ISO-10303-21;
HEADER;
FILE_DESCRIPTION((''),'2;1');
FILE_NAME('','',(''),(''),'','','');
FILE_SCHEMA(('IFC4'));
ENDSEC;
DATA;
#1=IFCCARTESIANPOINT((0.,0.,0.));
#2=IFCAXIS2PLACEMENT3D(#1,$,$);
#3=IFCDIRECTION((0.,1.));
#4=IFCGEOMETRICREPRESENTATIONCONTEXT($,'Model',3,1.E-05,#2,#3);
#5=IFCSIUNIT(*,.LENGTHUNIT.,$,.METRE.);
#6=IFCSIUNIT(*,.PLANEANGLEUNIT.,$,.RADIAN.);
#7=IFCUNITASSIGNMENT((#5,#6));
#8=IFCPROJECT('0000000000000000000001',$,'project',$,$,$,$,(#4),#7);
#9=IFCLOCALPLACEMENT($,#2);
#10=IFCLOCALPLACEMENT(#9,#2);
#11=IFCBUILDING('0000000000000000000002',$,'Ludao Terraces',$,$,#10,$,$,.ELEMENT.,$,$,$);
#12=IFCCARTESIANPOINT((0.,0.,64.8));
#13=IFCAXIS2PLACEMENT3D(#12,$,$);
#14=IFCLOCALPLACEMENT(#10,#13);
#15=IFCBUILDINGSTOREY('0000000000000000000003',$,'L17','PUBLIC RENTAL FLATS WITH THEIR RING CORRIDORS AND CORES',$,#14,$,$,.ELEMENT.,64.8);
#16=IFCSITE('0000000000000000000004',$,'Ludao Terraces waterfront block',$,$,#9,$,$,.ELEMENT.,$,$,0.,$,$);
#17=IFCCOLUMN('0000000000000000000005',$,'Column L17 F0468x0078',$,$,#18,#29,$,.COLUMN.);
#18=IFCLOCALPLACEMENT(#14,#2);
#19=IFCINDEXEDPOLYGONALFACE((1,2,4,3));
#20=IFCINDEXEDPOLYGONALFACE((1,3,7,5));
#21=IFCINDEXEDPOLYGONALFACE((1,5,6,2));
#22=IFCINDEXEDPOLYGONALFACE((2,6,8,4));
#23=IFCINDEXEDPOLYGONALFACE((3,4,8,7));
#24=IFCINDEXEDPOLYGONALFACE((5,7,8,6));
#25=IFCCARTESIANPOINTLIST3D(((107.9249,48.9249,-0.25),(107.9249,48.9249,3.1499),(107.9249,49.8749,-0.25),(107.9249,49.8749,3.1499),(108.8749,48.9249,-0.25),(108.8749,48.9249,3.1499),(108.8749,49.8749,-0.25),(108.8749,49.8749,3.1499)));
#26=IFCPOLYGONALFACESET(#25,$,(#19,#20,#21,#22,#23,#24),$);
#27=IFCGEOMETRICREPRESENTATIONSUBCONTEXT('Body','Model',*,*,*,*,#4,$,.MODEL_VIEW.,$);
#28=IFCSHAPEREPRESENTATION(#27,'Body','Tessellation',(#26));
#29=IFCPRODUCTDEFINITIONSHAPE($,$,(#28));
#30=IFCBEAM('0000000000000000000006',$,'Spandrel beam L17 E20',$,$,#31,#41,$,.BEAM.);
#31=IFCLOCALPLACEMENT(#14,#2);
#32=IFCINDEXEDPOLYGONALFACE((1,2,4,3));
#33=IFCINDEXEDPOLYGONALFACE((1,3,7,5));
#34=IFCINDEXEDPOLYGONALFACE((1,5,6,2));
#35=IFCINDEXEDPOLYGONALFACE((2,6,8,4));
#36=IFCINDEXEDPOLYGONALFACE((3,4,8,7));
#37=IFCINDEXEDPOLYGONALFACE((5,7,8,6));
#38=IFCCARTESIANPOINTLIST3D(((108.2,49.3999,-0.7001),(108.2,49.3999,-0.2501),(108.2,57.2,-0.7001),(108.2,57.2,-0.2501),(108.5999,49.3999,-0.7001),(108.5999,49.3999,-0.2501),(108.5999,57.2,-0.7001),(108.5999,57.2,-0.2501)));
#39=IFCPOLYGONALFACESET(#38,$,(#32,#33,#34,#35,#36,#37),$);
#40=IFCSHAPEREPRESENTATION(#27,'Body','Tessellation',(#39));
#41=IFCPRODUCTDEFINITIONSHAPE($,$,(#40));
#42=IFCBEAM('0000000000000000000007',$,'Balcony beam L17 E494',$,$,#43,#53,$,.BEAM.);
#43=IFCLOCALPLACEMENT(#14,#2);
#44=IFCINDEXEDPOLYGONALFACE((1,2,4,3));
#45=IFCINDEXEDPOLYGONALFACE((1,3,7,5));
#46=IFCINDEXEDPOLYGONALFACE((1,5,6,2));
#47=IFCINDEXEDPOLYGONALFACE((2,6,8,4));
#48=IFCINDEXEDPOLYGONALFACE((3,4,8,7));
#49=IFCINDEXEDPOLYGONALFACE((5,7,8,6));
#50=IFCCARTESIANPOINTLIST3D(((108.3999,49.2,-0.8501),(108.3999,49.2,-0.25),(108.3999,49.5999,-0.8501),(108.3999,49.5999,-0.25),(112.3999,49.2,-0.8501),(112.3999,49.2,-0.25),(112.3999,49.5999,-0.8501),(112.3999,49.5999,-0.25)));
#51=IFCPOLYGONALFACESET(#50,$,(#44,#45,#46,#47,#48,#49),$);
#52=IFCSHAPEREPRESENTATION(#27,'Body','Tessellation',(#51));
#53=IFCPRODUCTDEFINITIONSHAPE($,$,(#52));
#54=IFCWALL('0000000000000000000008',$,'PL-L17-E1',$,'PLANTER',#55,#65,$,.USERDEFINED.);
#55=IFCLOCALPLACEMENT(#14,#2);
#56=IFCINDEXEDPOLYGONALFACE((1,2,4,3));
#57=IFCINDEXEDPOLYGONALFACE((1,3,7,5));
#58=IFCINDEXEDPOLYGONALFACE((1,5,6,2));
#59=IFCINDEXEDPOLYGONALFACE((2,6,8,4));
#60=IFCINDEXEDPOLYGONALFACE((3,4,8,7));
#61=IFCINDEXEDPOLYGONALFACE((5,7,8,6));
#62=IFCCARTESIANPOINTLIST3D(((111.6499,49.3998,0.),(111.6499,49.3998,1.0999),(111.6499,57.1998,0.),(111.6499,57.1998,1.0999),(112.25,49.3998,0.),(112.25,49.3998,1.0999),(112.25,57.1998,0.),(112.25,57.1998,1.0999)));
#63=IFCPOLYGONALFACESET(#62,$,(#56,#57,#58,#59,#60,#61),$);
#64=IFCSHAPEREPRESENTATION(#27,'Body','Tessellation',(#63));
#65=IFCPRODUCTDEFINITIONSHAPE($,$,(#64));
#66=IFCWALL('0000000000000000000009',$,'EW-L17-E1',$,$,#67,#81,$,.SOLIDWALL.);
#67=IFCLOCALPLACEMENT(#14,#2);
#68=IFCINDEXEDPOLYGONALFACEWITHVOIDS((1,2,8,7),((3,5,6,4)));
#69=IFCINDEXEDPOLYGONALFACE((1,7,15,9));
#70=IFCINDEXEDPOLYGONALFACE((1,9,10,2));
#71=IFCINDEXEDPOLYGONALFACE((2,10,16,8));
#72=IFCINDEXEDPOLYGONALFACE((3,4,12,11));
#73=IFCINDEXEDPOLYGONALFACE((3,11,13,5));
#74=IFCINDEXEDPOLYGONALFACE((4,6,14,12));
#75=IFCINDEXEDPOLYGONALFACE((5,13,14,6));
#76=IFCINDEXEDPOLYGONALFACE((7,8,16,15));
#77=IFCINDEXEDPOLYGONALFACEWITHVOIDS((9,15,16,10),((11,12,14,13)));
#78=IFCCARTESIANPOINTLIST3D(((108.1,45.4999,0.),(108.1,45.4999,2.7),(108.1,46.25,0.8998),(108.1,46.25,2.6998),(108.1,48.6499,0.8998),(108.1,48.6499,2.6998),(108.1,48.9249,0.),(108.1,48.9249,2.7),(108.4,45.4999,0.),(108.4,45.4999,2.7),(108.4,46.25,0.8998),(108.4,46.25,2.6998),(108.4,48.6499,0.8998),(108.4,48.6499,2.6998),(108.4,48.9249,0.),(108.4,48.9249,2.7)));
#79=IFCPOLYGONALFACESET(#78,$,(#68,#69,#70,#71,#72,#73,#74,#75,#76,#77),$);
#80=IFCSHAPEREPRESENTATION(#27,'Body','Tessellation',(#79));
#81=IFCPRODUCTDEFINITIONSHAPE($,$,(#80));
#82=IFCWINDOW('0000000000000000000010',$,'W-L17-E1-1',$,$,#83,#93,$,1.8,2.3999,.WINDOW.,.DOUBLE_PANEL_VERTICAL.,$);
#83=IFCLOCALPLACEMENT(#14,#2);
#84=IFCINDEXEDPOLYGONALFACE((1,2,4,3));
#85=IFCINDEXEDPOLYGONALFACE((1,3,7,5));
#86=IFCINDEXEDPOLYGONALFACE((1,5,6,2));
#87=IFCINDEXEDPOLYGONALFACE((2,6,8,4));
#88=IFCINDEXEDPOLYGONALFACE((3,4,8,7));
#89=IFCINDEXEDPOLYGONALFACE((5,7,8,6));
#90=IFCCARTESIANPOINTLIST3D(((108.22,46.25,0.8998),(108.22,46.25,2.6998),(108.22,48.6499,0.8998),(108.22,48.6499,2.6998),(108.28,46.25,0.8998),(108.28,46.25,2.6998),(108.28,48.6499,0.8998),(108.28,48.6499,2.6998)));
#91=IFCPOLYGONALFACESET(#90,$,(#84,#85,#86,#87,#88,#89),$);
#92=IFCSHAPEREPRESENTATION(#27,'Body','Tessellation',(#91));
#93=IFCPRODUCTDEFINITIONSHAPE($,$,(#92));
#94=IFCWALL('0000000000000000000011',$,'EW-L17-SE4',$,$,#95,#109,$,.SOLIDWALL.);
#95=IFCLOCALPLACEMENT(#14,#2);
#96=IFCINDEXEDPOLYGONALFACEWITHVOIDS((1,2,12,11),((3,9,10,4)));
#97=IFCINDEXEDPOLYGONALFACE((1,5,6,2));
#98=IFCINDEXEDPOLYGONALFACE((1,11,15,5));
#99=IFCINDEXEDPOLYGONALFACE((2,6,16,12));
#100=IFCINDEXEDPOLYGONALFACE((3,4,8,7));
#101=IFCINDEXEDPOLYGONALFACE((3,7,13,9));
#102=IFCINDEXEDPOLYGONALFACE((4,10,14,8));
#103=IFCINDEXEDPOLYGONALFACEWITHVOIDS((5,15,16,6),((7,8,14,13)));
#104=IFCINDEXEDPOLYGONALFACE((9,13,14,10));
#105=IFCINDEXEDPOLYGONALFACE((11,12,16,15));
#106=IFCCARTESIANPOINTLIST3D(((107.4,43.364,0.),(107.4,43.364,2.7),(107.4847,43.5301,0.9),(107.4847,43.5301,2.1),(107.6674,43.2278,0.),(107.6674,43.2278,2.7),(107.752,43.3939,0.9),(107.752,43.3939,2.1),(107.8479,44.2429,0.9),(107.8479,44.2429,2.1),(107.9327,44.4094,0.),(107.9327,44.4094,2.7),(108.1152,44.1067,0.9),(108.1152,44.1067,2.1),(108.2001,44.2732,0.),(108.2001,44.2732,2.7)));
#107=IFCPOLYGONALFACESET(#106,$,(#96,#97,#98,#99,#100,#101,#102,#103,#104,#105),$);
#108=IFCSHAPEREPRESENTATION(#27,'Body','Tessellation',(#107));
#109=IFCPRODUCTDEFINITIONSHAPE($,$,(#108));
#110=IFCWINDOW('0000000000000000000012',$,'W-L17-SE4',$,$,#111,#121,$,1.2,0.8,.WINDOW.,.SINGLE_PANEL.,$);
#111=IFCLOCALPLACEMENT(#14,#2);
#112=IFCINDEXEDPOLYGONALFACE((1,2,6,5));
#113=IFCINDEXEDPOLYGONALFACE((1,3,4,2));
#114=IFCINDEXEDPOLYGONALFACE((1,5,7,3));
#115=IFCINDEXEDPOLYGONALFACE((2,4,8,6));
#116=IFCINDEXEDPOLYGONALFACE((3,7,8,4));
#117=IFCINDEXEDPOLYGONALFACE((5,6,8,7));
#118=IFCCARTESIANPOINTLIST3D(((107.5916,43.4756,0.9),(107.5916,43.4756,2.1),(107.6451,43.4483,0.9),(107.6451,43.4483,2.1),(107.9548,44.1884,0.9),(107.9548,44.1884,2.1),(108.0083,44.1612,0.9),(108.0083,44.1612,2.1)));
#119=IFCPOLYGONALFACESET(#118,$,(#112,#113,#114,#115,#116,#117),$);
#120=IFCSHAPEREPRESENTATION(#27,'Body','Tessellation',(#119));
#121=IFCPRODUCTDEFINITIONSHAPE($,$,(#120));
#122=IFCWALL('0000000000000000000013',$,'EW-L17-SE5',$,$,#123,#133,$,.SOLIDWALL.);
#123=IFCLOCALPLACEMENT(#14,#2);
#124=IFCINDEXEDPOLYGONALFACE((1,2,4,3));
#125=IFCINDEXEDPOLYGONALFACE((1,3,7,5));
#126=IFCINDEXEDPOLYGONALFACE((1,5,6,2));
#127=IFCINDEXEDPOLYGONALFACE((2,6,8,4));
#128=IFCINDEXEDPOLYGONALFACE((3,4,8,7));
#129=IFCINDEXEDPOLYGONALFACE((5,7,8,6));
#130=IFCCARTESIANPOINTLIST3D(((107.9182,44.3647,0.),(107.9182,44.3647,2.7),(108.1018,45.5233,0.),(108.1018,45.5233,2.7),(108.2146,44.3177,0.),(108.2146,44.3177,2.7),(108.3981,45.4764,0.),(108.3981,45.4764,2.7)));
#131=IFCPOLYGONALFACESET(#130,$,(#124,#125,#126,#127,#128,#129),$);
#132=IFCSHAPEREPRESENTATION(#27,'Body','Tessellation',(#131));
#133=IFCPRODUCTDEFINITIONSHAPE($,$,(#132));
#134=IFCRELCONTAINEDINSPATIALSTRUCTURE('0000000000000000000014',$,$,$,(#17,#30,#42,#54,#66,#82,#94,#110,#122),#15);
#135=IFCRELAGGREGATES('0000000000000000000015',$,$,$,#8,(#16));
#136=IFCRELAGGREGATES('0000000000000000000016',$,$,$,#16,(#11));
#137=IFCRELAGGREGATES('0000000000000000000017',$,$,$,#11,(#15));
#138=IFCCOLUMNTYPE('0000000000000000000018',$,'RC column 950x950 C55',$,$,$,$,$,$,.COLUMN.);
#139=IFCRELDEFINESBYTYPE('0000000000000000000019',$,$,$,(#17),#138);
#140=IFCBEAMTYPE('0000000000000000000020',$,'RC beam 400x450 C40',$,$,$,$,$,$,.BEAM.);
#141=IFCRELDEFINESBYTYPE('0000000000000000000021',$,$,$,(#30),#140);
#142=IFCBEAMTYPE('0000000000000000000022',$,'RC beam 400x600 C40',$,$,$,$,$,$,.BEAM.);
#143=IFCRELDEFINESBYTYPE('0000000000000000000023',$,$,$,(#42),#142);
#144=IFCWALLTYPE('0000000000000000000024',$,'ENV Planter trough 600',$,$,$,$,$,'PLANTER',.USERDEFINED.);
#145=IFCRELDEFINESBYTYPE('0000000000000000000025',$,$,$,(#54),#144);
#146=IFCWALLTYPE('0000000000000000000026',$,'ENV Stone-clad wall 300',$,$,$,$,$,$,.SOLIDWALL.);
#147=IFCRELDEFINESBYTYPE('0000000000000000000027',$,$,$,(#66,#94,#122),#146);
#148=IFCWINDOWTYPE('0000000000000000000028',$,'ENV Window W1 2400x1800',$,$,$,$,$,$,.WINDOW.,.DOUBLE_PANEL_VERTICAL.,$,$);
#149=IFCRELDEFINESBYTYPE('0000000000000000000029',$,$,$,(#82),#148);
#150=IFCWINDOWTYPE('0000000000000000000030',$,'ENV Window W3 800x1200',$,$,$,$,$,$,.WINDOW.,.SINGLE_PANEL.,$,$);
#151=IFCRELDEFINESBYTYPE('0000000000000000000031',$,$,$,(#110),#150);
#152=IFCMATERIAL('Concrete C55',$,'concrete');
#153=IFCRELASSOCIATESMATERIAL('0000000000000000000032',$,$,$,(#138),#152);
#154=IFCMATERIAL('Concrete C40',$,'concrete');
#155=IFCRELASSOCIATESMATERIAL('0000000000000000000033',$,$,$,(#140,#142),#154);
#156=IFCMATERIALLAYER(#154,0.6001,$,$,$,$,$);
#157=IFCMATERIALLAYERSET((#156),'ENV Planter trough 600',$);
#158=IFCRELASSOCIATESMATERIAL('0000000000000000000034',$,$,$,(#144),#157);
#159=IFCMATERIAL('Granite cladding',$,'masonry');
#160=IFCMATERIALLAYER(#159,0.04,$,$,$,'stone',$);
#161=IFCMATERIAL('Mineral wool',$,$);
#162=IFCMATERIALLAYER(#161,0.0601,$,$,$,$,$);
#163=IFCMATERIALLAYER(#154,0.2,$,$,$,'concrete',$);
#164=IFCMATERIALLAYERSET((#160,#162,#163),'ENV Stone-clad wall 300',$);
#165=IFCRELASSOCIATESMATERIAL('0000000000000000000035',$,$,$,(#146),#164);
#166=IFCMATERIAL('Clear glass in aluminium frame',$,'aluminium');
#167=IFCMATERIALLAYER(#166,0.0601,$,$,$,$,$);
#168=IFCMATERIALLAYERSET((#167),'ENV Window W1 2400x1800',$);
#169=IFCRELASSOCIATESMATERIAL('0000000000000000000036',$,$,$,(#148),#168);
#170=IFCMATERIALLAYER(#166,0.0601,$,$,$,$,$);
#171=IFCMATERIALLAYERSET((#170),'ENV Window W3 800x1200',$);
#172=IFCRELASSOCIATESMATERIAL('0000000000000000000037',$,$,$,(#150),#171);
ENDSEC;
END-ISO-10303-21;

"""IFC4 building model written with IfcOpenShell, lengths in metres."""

from ifc_helpers import new_model, si_unit, direction, frame, frame_2d, origin, origin_2d, place, context, subcontext, project, spatial, rectangle, extrude, material, layer, layer_set, material_profile, profile_set, type_object, element, fill, save


model = new_model("IFC4")

# Units and contexts
model_context = context("Model", 3, precision=1e-05, world=origin(), true_north=direction((0.0, 1.0)))
body_context = subcontext(model_context, "Body", "Model", "MODEL_VIEW")
ifc_project = project(units=[si_unit("LENGTHUNIT", "METRE"), si_unit("PLANEANGLEUNIT", "RADIAN")], contexts=[model_context])

# Site, building, storey
site_placement = place(None, origin())
site = spatial("IfcSite", under=ifc_project, at=site_placement, Name="Ludao Terraces waterfront block", CompositionType="ELEMENT", RefElevation=0.0)
building_placement = place(site_placement, origin())
building = spatial("IfcBuilding", under=site, at=building_placement, Name="Ludao Terraces", CompositionType="ELEMENT")
storey_placement = place(building_placement, frame((0.0, 0.0, 64.8)))
storey = spatial("IfcBuildingStorey", under=building, at=storey_placement, Name="L17", Description="PUBLIC RENTAL FLATS WITH THEIR RING CORRIDORS AND CORES", CompositionType="ELEMENT", Elevation=64.8)

# Column
ifc_material_1 = material(Name="Concrete C55", Category="concrete")
ifc_material_profile_1 = material_profile(ifc_material_1, rectangle(XDim=0.95, YDim=0.95, at=origin_2d()), Name="950 X 950")
ifc_profile_set_1 = profile_set([ifc_material_profile_1], Name="Concrete C55")
column_type = type_object("IfcColumnType", Name="RC column 950x950 C55", PredefinedType="COLUMN", material=ifc_profile_set_1)
column_placement = place(storey_placement, frame((108.3999, 49.3999, -0.25), z_axis=(0.0, 0.0, 1.0), x_axis=(1.0, 0.0, 0.0)))
element("IfcColumn", 1, at=column_placement, inside=storey, type_object=column_type, Name="Column L17 F0468x0078", PredefinedType="COLUMN", context=body_context, shape_type="SweptSolid", body=[
    extrude(rectangle(XDim=0.95, YDim=0.95, at=origin_2d()), origin(), (0.0, 0.0, 1.0), 3.3999),
])

# Beams
ifc_material_2 = material(Name="Concrete C40", Category="concrete")
ifc_material_profile_2 = material_profile(ifc_material_2, rectangle(XDim=0.3999, YDim=0.45, at=origin_2d()), Name="400 X 450")
ifc_profile_set_2 = profile_set([ifc_material_profile_2], Name="Concrete C40")
beam_type_1 = type_object("IfcBeamType", Name="RC beam 400x450 C40", PredefinedType="BEAM", material=ifc_profile_set_2)
beam_1_placement = place(storey_placement, frame((108.3999, 49.3999, -0.4751), z_axis=(0.0, 1.0, 0.0), x_axis=(-1.0, 0.0, 0.0)))
element("IfcBeam", 2, at=beam_1_placement, inside=storey, type_object=beam_type_1, Name="Spandrel beam L17 E20", PredefinedType="BEAM", context=body_context, shape_type="SweptSolid", body=[
    extrude(rectangle(XDim=0.3999, YDim=0.45, at=origin_2d()), origin(), (0.0, 0.0, 1.0), 7.8),
])
ifc_material_profile_3 = material_profile(ifc_material_2, rectangle(XDim=0.3999, YDim=0.6001, at=origin_2d()), Name="400 X 600")
ifc_profile_set_3 = profile_set([ifc_material_profile_3], Name="Concrete C40")
beam_type_2 = type_object("IfcBeamType", Name="RC beam 400x600 C40", PredefinedType="BEAM", material=ifc_profile_set_3)
beam_2_placement = place(storey_placement, frame((108.3999, 49.3999, -0.55), z_axis=(1.0, 0.0, 0.0), x_axis=(0.0, 1.0, 0.0)))
element("IfcBeam", 3, at=beam_2_placement, inside=storey, type_object=beam_type_2, Name="Balcony beam L17 E494", PredefinedType="BEAM", context=body_context, shape_type="SweptSolid", body=[
    extrude(rectangle(XDim=0.3999, YDim=0.6001, at=origin_2d()), origin(), (0.0, 0.0, 1.0), 4.0),
])

# Wall
ifc_layer_1 = layer(ifc_material_2, 0.6001)
ifc_layer_set_1 = layer_set([ifc_layer_1], Name="ENV Planter trough 600")
wall_type_1 = type_object("IfcWallType", Name="ENV Planter trough 600", ElementType="PLANTER", PredefinedType="USERDEFINED", material=ifc_layer_set_1)
wall_1_placement = place(storey_placement, frame((111.95, 49.3999, 0.0), z_axis=(0.0, 0.0, 1.0), x_axis=(0.0, 1.0, 0.0)))
element("IfcWall", 4, at=wall_1_placement, inside=storey, type_object=wall_type_1, Name="PL-L17-E1", ObjectType="PLANTER", PredefinedType="USERDEFINED", context=body_context, shape_type="SweptSolid", body=[
    extrude(rectangle(XDim=7.8, YDim=0.6001, at=frame_2d((3.8999, 0.0))), origin(), (0.0, 0.0, 1.0), 1.0999),
])

# Walls, openings, windows
ifc_material_3 = material(Name="Granite cladding", Category="masonry")
ifc_layer_2 = layer(ifc_material_3, 0.04, Category="stone")
ifc_material_4 = material(Name="Mineral wool")
ifc_layer_3 = layer(ifc_material_4, 0.0601)
ifc_layer_4 = layer(ifc_material_2, 0.2, Category="concrete")
ifc_layer_set_2 = layer_set([ifc_layer_2, ifc_layer_3, ifc_layer_4], Name="ENV Stone-clad wall 300")
wall_type_2 = type_object("IfcWallType", Name="ENV Stone-clad wall 300", PredefinedType="SOLIDWALL", material=ifc_layer_set_2)
wall_2_placement = place(storey_placement, frame((108.25, 45.5, 0.0), z_axis=(0.0, 0.0, 1.0), x_axis=(0.0, 1.0, 0.0)))
wall_2 = element("IfcWall", 5, at=wall_2_placement, inside=storey, type_object=wall_type_2, Name="EW-L17-E1", PredefinedType="SOLIDWALL", context=body_context, shape_type="SweptSolid", body=[
    extrude(rectangle(XDim=3.425, YDim=0.3, at=frame_2d((1.7124, 0.0))), origin(), (0.0, 0.0, 1.0), 2.7),
])
opening_1_placement = place(wall_2_placement, frame((0.75, 0.0, 0.8999)))
opening_1 = element("IfcOpeningElement", 6, at=opening_1_placement, cuts=wall_2, PredefinedType="OPENING", context=body_context, shape_type="SweptSolid", body=[
    extrude(rectangle(XDim=2.3999, YDim=1.8, at=frame_2d((1.2, 0.8999))), frame((0.0, 0.1602, 0.0), z_axis=(0.0, -1.0, 0.0), x_axis=(1.0, 0.0, 0.0)), (0.0, 0.0, 1.0), 0.3201),
])
ifc_material_5 = material(Name="Clear glass in aluminium frame", Category="aluminium")
ifc_layer_5 = layer(ifc_material_5, 0.0601)
ifc_layer_set_3 = layer_set([ifc_layer_5], Name="ENV Window W1 2400x1800")
window_type_1 = type_object("IfcWindowType", Name="ENV Window W1 2400x1800", PartitioningType="DOUBLE_PANEL_VERTICAL", PredefinedType="WINDOW", material=ifc_layer_set_3)
window_1_placement = place(opening_1_placement, origin())
window_1 = element("IfcWindow", 7, at=window_1_placement, inside=storey, type_object=window_type_1, Name="W-L17-E1-1", OverallHeight=1.8, OverallWidth=2.3999, PartitioningType="DOUBLE_PANEL_VERTICAL", PredefinedType="WINDOW", context=body_context, shape_type="SweptSolid", body=[
    extrude(rectangle(XDim=2.3999, YDim=1.8, at=frame_2d((1.2, 0.8999))), frame((0.0, 0.03, 0.0), z_axis=(0.0, -1.0, 0.0), x_axis=(1.0, 0.0, 0.0)), (0.0, 0.0, 1.0), 0.0601),
])
fill(opening_1, window_1)
wall_3_placement = place(storey_placement, frame((107.5337, 43.2959, 0.0), z_axis=(0.0, 0.0, 1.0), x_axis=(0.454026, 0.890989, 0.0)))
wall_3 = element("IfcWall", 8, at=wall_3_placement, inside=storey, type_object=wall_type_2, Name="EW-L17-SE4", PredefinedType="SOLIDWALL", context=body_context, shape_type="SweptSolid", body=[
    extrude(rectangle(XDim=1.1733, YDim=0.3, at=frame_2d((0.5867, 0.0))), origin(), (0.0, 0.0, 1.0), 2.7),
])
opening_2_placement = place(wall_3_placement, frame((0.1865, 0.0, 0.8999)))
opening_2 = element("IfcOpeningElement", 9, at=opening_2_placement, cuts=wall_3, PredefinedType="OPENING", context=body_context, shape_type="SweptSolid", body=[
    extrude(rectangle(XDim=0.8, YDim=1.2, at=frame_2d((0.3999, 0.6001))), frame((0.0, 0.1602, 0.0), z_axis=(0.0, -1.0, 0.0), x_axis=(1.0, 0.0, 0.0)), (0.0, 0.0, 1.0), 0.3201),
])
ifc_layer_6 = layer(ifc_material_5, 0.0601)
ifc_layer_set_4 = layer_set([ifc_layer_6], Name="ENV Window W3 800x1200")
window_type_2 = type_object("IfcWindowType", Name="ENV Window W3 800x1200", PartitioningType="SINGLE_PANEL", PredefinedType="WINDOW", material=ifc_layer_set_4)
window_2_placement = place(opening_2_placement, origin())
window_2 = element("IfcWindow", 10, at=window_2_placement, inside=storey, type_object=window_type_2, Name="W-L17-SE4", OverallHeight=1.2, OverallWidth=0.8, PartitioningType="SINGLE_PANEL", PredefinedType="WINDOW", context=body_context, shape_type="SweptSolid", body=[
    extrude(rectangle(XDim=0.8, YDim=1.2, at=frame_2d((0.3999, 0.6001))), frame((0.0, 0.03, 0.0), z_axis=(0.0, -1.0, 0.0), x_axis=(1.0, 0.0, 0.0)), (0.0, 0.0, 1.0), 0.0601),
])
fill(opening_2, window_2)

# Wall
wall_4_placement = place(storey_placement, frame((108.0664, 44.3413, 0.0), z_axis=(0.0, 0.0, 1.0), x_axis=(0.156497, 0.987678, 0.0)))
element("IfcWall", 11, at=wall_4_placement, inside=storey, type_object=wall_type_2, Name="EW-L17-SE5", PredefinedType="SOLIDWALL", context=body_context, shape_type="SweptSolid", body=[
    extrude(rectangle(XDim=1.1731, YDim=0.3, at=frame_2d((0.5864, 0.0))), origin(), (0.0, 0.0, 1.0), 2.7),
])

save(model, "model.ifc")
